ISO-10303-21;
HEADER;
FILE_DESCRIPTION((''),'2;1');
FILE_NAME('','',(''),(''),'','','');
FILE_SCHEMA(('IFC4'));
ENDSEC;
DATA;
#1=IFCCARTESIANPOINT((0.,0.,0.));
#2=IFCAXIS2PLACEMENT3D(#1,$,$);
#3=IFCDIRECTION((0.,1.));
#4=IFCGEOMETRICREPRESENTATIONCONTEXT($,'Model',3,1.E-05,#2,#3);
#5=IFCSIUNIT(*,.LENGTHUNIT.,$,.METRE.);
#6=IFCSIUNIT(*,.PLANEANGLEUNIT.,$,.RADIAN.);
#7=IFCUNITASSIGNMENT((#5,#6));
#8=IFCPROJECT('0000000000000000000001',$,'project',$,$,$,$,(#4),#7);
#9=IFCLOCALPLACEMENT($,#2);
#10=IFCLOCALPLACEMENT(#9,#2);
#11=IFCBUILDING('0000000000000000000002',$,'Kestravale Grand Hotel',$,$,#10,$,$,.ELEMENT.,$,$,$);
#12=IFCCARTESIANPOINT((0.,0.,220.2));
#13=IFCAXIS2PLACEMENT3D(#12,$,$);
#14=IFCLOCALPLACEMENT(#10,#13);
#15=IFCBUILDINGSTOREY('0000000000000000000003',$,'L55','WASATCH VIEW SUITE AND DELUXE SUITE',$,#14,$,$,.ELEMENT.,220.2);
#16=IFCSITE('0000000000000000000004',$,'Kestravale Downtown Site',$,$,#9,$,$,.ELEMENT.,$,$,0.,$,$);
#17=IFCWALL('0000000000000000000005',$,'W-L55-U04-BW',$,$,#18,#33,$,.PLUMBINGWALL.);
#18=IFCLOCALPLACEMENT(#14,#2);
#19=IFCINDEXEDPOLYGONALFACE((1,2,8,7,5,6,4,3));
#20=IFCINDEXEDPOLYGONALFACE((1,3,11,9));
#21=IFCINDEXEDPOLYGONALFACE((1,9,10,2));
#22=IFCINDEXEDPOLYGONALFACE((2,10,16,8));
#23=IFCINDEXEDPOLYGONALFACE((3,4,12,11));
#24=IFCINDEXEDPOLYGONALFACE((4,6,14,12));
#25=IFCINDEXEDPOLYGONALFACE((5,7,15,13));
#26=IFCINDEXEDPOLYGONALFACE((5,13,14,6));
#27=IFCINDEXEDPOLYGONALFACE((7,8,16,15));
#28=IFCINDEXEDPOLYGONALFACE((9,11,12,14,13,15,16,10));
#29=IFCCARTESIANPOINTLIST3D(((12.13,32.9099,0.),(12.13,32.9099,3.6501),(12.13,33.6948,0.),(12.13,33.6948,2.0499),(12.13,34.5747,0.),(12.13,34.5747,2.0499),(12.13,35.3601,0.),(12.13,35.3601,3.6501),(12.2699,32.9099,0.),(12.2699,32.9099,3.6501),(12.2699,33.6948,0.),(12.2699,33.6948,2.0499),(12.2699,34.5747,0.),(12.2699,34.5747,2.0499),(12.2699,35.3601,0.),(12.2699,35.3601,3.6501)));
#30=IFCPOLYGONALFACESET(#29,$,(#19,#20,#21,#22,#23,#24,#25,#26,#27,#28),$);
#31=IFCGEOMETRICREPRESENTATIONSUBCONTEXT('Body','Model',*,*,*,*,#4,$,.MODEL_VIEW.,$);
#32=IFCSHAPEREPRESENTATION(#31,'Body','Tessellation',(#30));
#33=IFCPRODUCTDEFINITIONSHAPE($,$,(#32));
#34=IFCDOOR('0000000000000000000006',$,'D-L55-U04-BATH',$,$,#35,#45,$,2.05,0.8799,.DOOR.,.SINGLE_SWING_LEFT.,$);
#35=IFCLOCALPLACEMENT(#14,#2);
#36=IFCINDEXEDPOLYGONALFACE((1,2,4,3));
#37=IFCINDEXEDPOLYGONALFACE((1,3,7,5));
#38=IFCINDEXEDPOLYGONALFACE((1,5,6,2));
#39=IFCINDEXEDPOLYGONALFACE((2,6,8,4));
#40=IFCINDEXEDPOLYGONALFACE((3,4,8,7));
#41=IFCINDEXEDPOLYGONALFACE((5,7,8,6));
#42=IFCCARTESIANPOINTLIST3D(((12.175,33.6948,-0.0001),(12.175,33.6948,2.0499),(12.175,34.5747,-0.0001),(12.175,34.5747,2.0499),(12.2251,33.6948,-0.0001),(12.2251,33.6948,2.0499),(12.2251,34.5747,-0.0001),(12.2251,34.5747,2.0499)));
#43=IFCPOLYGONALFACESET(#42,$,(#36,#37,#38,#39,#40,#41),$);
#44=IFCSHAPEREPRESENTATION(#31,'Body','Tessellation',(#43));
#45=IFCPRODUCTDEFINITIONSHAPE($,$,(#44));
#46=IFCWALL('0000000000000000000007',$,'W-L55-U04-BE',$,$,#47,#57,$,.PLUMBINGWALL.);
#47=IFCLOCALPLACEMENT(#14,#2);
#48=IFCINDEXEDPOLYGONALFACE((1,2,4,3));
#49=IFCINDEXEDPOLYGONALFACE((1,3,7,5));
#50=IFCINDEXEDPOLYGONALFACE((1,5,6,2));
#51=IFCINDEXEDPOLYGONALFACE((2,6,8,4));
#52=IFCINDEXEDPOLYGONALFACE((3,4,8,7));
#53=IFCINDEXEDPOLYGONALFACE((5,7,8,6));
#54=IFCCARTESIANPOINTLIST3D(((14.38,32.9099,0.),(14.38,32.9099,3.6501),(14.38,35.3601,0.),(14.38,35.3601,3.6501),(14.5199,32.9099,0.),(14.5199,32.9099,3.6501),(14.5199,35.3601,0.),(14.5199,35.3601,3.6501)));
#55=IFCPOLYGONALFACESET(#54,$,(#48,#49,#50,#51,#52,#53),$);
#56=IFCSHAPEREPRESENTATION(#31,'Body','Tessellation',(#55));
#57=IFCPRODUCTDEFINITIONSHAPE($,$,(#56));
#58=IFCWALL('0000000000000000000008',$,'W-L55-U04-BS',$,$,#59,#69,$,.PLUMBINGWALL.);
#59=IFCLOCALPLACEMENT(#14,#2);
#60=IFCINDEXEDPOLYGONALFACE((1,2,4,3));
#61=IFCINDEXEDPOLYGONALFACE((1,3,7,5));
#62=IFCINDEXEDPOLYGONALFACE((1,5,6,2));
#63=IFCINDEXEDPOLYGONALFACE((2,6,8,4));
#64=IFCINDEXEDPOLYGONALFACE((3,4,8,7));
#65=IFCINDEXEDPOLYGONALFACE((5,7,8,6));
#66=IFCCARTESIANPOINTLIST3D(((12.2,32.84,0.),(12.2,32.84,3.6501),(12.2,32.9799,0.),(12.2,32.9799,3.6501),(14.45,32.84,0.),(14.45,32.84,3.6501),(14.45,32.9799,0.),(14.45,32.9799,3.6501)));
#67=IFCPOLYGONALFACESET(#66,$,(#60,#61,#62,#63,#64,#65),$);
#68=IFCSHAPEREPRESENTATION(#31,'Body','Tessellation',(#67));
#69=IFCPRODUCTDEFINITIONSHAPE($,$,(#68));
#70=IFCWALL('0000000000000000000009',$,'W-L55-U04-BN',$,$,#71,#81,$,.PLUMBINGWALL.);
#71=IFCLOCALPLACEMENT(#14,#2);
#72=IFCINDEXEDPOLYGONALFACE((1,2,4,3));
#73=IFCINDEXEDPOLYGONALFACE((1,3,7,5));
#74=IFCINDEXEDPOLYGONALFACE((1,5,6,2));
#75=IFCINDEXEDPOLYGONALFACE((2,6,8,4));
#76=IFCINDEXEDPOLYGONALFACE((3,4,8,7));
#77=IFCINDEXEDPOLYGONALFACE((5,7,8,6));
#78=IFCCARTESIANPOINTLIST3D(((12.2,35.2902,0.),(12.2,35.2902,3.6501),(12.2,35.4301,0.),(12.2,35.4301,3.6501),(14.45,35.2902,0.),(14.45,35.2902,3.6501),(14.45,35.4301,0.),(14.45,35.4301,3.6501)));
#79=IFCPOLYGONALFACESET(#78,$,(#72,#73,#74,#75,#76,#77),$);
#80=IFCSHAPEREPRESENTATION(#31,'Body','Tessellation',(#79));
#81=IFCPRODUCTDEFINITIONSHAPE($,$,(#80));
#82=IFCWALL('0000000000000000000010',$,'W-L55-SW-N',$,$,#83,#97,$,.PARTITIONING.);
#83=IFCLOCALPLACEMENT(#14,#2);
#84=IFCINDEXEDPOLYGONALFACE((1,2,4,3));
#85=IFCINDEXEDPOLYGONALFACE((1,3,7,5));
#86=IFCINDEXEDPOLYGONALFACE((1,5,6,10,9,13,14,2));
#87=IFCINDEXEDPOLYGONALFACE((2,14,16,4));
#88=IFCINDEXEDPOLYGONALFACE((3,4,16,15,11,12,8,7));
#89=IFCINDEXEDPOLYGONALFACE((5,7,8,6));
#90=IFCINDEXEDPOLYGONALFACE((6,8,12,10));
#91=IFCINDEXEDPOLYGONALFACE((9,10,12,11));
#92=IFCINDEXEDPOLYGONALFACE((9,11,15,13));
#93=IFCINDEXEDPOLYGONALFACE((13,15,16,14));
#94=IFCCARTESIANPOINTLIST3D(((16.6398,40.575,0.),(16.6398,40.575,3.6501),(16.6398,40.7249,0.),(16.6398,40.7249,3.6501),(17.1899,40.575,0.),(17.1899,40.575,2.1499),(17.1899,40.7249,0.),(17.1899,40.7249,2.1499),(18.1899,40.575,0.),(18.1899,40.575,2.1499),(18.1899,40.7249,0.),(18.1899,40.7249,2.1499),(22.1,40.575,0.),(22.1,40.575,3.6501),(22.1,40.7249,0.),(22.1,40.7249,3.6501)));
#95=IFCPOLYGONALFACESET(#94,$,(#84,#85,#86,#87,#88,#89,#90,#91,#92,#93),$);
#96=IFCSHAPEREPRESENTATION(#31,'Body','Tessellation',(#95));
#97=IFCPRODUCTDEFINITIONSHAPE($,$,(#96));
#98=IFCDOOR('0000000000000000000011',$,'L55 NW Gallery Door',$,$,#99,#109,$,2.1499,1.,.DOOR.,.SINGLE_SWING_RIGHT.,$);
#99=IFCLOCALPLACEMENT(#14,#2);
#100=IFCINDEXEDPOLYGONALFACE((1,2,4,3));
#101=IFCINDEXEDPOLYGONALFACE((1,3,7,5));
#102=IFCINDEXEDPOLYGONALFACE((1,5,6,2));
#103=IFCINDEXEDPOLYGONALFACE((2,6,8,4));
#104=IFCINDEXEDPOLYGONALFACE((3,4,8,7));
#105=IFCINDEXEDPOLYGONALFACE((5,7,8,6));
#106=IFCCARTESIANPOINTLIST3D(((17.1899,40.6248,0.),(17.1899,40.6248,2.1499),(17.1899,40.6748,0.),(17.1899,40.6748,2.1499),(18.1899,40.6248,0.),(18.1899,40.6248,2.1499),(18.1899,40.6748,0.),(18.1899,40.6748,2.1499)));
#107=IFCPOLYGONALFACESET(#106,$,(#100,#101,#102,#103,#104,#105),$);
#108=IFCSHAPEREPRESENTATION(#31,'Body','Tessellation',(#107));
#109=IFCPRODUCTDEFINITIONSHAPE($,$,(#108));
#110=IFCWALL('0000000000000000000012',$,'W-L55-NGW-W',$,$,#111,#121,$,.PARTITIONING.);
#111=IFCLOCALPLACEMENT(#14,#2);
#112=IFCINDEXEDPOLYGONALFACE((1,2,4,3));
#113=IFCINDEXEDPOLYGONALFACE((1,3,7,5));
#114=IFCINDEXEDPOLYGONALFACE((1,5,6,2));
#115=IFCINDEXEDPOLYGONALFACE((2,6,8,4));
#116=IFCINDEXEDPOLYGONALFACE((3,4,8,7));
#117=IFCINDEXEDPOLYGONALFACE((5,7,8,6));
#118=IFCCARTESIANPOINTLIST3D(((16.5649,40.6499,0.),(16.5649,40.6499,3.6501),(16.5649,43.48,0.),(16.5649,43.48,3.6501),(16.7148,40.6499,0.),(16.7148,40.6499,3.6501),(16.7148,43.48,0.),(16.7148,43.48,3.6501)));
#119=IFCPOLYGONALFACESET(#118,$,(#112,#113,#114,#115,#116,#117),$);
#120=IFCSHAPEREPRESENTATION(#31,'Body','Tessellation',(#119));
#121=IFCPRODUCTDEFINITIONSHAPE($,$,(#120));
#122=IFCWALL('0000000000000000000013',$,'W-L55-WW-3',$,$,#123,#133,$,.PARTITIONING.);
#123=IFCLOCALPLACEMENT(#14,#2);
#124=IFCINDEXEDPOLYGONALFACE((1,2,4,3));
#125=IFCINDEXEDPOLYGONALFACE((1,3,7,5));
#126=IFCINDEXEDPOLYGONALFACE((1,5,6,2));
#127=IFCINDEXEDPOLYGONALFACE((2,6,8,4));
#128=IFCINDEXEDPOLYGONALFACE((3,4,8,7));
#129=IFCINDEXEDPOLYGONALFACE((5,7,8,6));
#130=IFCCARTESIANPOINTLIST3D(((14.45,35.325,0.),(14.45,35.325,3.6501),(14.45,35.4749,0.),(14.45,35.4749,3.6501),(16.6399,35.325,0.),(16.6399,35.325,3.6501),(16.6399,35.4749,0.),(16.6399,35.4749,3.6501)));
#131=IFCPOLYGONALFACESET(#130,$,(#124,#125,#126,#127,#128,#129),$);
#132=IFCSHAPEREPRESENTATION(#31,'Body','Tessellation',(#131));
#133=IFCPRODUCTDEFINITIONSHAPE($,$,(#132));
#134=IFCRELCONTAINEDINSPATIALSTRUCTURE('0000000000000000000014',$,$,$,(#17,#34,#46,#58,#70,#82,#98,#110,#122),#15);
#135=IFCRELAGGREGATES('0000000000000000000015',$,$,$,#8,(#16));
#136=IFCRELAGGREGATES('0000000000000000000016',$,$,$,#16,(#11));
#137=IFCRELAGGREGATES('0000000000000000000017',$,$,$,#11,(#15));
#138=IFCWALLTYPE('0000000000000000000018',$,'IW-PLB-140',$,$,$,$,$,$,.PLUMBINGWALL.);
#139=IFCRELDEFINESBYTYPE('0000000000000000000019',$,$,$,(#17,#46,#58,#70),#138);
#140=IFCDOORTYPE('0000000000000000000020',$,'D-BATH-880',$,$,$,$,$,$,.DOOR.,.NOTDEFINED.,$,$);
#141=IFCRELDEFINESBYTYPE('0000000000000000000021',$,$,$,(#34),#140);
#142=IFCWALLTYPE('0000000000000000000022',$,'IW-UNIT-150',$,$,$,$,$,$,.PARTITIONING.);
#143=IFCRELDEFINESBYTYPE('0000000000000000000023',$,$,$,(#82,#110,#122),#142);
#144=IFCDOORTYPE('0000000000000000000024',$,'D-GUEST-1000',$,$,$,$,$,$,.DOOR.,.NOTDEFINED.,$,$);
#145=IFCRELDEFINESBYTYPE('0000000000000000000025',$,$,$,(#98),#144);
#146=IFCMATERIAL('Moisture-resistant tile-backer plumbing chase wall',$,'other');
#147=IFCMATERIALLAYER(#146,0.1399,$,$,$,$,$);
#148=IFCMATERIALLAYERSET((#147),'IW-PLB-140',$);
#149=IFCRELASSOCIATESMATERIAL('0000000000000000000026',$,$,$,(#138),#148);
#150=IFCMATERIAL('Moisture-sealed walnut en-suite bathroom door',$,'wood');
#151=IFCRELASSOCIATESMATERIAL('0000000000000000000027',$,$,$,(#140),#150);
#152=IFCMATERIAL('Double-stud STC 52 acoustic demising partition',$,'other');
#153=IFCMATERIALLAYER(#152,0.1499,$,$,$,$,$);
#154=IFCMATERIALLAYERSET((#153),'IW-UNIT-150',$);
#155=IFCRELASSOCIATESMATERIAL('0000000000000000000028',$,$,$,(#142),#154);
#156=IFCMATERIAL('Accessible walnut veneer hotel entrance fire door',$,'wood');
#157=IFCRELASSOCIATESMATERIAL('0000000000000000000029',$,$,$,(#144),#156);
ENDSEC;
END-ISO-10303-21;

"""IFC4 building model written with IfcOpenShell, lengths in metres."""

from ifc_helpers import new_model, si_unit, direction, frame, frame_2d, origin, place, context, subcontext, project, spatial, rectangle, extrude, material, layer, layer_set, type_object, element, fill, save


model = new_model("IFC4")

# Units and contexts
model_context = context("Model", 3, precision=1e-05, world=origin(), true_north=direction((0.0, 1.0)))
body_context = subcontext(model_context, "Body", "Model", "MODEL_VIEW")
ifc_project = project(units=[si_unit("LENGTHUNIT", "METRE"), si_unit("PLANEANGLEUNIT", "RADIAN")], contexts=[model_context])

# Site, building, storey
site_placement = place(None, origin())
site = spatial("IfcSite", under=ifc_project, at=site_placement, Name="Kestravale Downtown Site", CompositionType="ELEMENT", RefElevation=0.0)
building_placement = place(site_placement, origin())
building = spatial("IfcBuilding", under=site, at=building_placement, Name="Kestravale Grand Hotel", CompositionType="ELEMENT")
storey_placement = place(building_placement, frame((0.0, 0.0, 220.2)))
storey = spatial("IfcBuildingStorey", under=building, at=storey_placement, Name="L55", Description="WASATCH VIEW SUITE AND DELUXE SUITE", CompositionType="ELEMENT", Elevation=220.2)

# Wall, opening, door
ifc_material_1 = material(Name="Moisture-resistant tile-backer plumbing chase wall", Category="other")
ifc_layer_1 = layer(ifc_material_1, 0.1399)
ifc_layer_set_1 = layer_set([ifc_layer_1], Name="IW-PLB-140")
wall_type_1 = type_object("IfcWallType", Name="IW-PLB-140", PredefinedType="PLUMBINGWALL", material=ifc_layer_set_1)
wall_1_placement = place(storey_placement, frame((12.2, 32.9099, 0.0), z_axis=(0.0, 0.0, 1.0), x_axis=(0.0, 1.0, 0.0)))
wall_1 = element("IfcWall", 1, at=wall_1_placement, inside=storey, type_object=wall_type_1, Name="W-L55-U04-BW", PredefinedType="PLUMBINGWALL", context=body_context, shape_type="SweptSolid", body=[
    extrude(rectangle(XDim=2.4502, YDim=0.1399, at=frame_2d((1.2251, 0.0))), origin(), (0.0, 0.0, 1.0), 3.6501),
])
opening_1_placement = place(wall_1_placement, frame((0.7849, 0.0, 0.0)))
opening_1 = element("IfcOpeningElement", 2, at=opening_1_placement, cuts=wall_1, PredefinedType="OPENING", context=body_context, shape_type="SweptSolid", body=[
    extrude(rectangle(XDim=0.8799, YDim=2.05, at=frame_2d((0.4399, 1.0249))), frame((0.0, 0.0798, 0.0), z_axis=(0.0, -1.0, 0.0), x_axis=(1.0, 0.0, 0.0)), (0.0, 0.0, 1.0), 0.1599),
])
ifc_material_2 = material(Name="Moisture-sealed walnut en-suite bathroom door", Category="wood")
door_type_1 = type_object("IfcDoorType", Name="D-BATH-880", OperationType="NOTDEFINED", PredefinedType="DOOR", material=ifc_material_2)
door_1_placement = place(opening_1_placement, origin())
door_1 = element("IfcDoor", 3, at=door_1_placement, inside=storey, type_object=door_type_1, Name="D-L55-U04-BATH", OperationType="SINGLE_SWING_LEFT", OverallHeight=2.05, OverallWidth=0.8799, PredefinedType="DOOR", context=body_context, shape_type="SweptSolid", body=[
    extrude(rectangle(XDim=0.8799, YDim=2.05, at=frame_2d((0.4399, 1.0249))), frame((0.0, 0.0249, 0.0), z_axis=(0.0, -1.0, 0.0), x_axis=(1.0, 0.0, 0.0)), (0.0, 0.0, 1.0), 0.05),
])
fill(opening_1, door_1)

# Walls
wall_2_placement = place(storey_placement, frame((14.45, 32.9099, 0.0), z_axis=(0.0, 0.0, 1.0), x_axis=(0.0, 1.0, 0.0)))
element("IfcWall", 4, at=wall_2_placement, inside=storey, type_object=wall_type_1, Name="W-L55-U04-BE", PredefinedType="PLUMBINGWALL", context=body_context, shape_type="SweptSolid", body=[
    extrude(rectangle(XDim=2.4502, YDim=0.1399, at=frame_2d((1.2251, 0.0))), origin(), (0.0, 0.0, 1.0), 3.6501),
])
for number, where, z_axis, x_axis, name in (
    (5, (12.2, 32.9099, 0.0), (0.0, 0.0, 1.0), (1.0, 0.0, 0.0), "W-L55-U04-BS"),
    (6, (12.2, 35.3601, 0.0), (0.0, 0.0, 1.0), (1.0, 0.0, 0.0), "W-L55-U04-BN"),
):
    element("IfcWall", number, at=place(storey_placement, frame(where, z_axis=z_axis, x_axis=x_axis)), inside=storey, type_object=wall_type_1, Name=name, PredefinedType="PLUMBINGWALL", context=body_context, shape_type="SweptSolid", body=[
        extrude(rectangle(XDim=2.25, YDim=0.1399, at=frame_2d((1.125, 0.0))), origin(), (0.0, 0.0, 1.0), 3.6501),
    ])

# Wall, opening, door
ifc_material_3 = material(Name="Double-stud STC 52 acoustic demising partition", Category="other")
ifc_layer_2 = layer(ifc_material_3, 0.1499)
ifc_layer_set_2 = layer_set([ifc_layer_2], Name="IW-UNIT-150")
wall_type_2 = type_object("IfcWallType", Name="IW-UNIT-150", PredefinedType="PARTITIONING", material=ifc_layer_set_2)
wall_3_placement = place(storey_placement, frame((16.6399, 40.6499, 0.0), z_axis=(0.0, 0.0, 1.0), x_axis=(1.0, 0.0, 0.0)))
wall_3 = element("IfcWall", 7, at=wall_3_placement, inside=storey, type_object=wall_type_2, Name="W-L55-SW-N", PredefinedType="PARTITIONING", context=body_context, shape_type="SweptSolid", body=[
    extrude(rectangle(XDim=5.4602, YDim=0.1499, at=frame_2d((2.73, 0.0))), origin(), (0.0, 0.0, 1.0), 3.6501),
])
opening_2_placement = place(wall_3_placement, frame((0.55, 0.0, 0.0)))
opening_2 = element("IfcOpeningElement", 8, at=opening_2_placement, cuts=wall_3, PredefinedType="OPENING", context=body_context, shape_type="SweptSolid", body=[
    extrude(rectangle(XDim=1.0, YDim=2.1499, at=frame_2d((0.5, 1.075))), frame((0.0, 0.085, 0.0), z_axis=(0.0, -1.0, 0.0), x_axis=(1.0, 0.0, 0.0)), (0.0, 0.0, 1.0), 0.1699),
])
ifc_material_4 = material(Name="Accessible walnut veneer hotel entrance fire door", Category="wood")
door_type_2 = type_object("IfcDoorType", Name="D-GUEST-1000", OperationType="NOTDEFINED", PredefinedType="DOOR", material=ifc_material_4)
door_2_placement = place(opening_2_placement, origin())
door_2 = element("IfcDoor", 9, at=door_2_placement, inside=storey, type_object=door_type_2, Name="L55 NW Gallery Door", OperationType="SINGLE_SWING_RIGHT", OverallHeight=2.1499, OverallWidth=1.0, PredefinedType="DOOR", context=body_context, shape_type="SweptSolid", body=[
    extrude(rectangle(XDim=1.0, YDim=2.1499, at=frame_2d((0.5, 1.075))), frame((0.0, 0.0249, 0.0), z_axis=(0.0, -1.0, 0.0), x_axis=(1.0, 0.0, 0.0)), (0.0, 0.0, 1.0), 0.05),
])
fill(opening_2, door_2)

# Walls
wall_4_placement = place(storey_placement, frame((16.6399, 40.6499, 0.0), z_axis=(0.0, 0.0, 1.0), x_axis=(0.0, 1.0, 0.0)))
element("IfcWall", 10, at=wall_4_placement, inside=storey, type_object=wall_type_2, Name="W-L55-NGW-W", PredefinedType="PARTITIONING", context=body_context, shape_type="SweptSolid", body=[
    extrude(rectangle(XDim=2.8301, YDim=0.1499, at=frame_2d((1.415, 0.0))), origin(), (0.0, 0.0, 1.0), 3.6501),
])
wall_5_placement = place(storey_placement, frame((14.45, 35.3999, 0.0), z_axis=(0.0, 0.0, 1.0), x_axis=(1.0, 0.0, 0.0)))
element("IfcWall", 11, at=wall_5_placement, inside=storey, type_object=wall_type_2, Name="W-L55-WW-3", PredefinedType="PARTITIONING", context=body_context, shape_type="SweptSolid", body=[
    extrude(rectangle(XDim=2.1899, YDim=0.1499, at=frame_2d((1.095, 0.0))), origin(), (0.0, 0.0, 1.0), 3.6501),
])

save(model, "model.ifc")
